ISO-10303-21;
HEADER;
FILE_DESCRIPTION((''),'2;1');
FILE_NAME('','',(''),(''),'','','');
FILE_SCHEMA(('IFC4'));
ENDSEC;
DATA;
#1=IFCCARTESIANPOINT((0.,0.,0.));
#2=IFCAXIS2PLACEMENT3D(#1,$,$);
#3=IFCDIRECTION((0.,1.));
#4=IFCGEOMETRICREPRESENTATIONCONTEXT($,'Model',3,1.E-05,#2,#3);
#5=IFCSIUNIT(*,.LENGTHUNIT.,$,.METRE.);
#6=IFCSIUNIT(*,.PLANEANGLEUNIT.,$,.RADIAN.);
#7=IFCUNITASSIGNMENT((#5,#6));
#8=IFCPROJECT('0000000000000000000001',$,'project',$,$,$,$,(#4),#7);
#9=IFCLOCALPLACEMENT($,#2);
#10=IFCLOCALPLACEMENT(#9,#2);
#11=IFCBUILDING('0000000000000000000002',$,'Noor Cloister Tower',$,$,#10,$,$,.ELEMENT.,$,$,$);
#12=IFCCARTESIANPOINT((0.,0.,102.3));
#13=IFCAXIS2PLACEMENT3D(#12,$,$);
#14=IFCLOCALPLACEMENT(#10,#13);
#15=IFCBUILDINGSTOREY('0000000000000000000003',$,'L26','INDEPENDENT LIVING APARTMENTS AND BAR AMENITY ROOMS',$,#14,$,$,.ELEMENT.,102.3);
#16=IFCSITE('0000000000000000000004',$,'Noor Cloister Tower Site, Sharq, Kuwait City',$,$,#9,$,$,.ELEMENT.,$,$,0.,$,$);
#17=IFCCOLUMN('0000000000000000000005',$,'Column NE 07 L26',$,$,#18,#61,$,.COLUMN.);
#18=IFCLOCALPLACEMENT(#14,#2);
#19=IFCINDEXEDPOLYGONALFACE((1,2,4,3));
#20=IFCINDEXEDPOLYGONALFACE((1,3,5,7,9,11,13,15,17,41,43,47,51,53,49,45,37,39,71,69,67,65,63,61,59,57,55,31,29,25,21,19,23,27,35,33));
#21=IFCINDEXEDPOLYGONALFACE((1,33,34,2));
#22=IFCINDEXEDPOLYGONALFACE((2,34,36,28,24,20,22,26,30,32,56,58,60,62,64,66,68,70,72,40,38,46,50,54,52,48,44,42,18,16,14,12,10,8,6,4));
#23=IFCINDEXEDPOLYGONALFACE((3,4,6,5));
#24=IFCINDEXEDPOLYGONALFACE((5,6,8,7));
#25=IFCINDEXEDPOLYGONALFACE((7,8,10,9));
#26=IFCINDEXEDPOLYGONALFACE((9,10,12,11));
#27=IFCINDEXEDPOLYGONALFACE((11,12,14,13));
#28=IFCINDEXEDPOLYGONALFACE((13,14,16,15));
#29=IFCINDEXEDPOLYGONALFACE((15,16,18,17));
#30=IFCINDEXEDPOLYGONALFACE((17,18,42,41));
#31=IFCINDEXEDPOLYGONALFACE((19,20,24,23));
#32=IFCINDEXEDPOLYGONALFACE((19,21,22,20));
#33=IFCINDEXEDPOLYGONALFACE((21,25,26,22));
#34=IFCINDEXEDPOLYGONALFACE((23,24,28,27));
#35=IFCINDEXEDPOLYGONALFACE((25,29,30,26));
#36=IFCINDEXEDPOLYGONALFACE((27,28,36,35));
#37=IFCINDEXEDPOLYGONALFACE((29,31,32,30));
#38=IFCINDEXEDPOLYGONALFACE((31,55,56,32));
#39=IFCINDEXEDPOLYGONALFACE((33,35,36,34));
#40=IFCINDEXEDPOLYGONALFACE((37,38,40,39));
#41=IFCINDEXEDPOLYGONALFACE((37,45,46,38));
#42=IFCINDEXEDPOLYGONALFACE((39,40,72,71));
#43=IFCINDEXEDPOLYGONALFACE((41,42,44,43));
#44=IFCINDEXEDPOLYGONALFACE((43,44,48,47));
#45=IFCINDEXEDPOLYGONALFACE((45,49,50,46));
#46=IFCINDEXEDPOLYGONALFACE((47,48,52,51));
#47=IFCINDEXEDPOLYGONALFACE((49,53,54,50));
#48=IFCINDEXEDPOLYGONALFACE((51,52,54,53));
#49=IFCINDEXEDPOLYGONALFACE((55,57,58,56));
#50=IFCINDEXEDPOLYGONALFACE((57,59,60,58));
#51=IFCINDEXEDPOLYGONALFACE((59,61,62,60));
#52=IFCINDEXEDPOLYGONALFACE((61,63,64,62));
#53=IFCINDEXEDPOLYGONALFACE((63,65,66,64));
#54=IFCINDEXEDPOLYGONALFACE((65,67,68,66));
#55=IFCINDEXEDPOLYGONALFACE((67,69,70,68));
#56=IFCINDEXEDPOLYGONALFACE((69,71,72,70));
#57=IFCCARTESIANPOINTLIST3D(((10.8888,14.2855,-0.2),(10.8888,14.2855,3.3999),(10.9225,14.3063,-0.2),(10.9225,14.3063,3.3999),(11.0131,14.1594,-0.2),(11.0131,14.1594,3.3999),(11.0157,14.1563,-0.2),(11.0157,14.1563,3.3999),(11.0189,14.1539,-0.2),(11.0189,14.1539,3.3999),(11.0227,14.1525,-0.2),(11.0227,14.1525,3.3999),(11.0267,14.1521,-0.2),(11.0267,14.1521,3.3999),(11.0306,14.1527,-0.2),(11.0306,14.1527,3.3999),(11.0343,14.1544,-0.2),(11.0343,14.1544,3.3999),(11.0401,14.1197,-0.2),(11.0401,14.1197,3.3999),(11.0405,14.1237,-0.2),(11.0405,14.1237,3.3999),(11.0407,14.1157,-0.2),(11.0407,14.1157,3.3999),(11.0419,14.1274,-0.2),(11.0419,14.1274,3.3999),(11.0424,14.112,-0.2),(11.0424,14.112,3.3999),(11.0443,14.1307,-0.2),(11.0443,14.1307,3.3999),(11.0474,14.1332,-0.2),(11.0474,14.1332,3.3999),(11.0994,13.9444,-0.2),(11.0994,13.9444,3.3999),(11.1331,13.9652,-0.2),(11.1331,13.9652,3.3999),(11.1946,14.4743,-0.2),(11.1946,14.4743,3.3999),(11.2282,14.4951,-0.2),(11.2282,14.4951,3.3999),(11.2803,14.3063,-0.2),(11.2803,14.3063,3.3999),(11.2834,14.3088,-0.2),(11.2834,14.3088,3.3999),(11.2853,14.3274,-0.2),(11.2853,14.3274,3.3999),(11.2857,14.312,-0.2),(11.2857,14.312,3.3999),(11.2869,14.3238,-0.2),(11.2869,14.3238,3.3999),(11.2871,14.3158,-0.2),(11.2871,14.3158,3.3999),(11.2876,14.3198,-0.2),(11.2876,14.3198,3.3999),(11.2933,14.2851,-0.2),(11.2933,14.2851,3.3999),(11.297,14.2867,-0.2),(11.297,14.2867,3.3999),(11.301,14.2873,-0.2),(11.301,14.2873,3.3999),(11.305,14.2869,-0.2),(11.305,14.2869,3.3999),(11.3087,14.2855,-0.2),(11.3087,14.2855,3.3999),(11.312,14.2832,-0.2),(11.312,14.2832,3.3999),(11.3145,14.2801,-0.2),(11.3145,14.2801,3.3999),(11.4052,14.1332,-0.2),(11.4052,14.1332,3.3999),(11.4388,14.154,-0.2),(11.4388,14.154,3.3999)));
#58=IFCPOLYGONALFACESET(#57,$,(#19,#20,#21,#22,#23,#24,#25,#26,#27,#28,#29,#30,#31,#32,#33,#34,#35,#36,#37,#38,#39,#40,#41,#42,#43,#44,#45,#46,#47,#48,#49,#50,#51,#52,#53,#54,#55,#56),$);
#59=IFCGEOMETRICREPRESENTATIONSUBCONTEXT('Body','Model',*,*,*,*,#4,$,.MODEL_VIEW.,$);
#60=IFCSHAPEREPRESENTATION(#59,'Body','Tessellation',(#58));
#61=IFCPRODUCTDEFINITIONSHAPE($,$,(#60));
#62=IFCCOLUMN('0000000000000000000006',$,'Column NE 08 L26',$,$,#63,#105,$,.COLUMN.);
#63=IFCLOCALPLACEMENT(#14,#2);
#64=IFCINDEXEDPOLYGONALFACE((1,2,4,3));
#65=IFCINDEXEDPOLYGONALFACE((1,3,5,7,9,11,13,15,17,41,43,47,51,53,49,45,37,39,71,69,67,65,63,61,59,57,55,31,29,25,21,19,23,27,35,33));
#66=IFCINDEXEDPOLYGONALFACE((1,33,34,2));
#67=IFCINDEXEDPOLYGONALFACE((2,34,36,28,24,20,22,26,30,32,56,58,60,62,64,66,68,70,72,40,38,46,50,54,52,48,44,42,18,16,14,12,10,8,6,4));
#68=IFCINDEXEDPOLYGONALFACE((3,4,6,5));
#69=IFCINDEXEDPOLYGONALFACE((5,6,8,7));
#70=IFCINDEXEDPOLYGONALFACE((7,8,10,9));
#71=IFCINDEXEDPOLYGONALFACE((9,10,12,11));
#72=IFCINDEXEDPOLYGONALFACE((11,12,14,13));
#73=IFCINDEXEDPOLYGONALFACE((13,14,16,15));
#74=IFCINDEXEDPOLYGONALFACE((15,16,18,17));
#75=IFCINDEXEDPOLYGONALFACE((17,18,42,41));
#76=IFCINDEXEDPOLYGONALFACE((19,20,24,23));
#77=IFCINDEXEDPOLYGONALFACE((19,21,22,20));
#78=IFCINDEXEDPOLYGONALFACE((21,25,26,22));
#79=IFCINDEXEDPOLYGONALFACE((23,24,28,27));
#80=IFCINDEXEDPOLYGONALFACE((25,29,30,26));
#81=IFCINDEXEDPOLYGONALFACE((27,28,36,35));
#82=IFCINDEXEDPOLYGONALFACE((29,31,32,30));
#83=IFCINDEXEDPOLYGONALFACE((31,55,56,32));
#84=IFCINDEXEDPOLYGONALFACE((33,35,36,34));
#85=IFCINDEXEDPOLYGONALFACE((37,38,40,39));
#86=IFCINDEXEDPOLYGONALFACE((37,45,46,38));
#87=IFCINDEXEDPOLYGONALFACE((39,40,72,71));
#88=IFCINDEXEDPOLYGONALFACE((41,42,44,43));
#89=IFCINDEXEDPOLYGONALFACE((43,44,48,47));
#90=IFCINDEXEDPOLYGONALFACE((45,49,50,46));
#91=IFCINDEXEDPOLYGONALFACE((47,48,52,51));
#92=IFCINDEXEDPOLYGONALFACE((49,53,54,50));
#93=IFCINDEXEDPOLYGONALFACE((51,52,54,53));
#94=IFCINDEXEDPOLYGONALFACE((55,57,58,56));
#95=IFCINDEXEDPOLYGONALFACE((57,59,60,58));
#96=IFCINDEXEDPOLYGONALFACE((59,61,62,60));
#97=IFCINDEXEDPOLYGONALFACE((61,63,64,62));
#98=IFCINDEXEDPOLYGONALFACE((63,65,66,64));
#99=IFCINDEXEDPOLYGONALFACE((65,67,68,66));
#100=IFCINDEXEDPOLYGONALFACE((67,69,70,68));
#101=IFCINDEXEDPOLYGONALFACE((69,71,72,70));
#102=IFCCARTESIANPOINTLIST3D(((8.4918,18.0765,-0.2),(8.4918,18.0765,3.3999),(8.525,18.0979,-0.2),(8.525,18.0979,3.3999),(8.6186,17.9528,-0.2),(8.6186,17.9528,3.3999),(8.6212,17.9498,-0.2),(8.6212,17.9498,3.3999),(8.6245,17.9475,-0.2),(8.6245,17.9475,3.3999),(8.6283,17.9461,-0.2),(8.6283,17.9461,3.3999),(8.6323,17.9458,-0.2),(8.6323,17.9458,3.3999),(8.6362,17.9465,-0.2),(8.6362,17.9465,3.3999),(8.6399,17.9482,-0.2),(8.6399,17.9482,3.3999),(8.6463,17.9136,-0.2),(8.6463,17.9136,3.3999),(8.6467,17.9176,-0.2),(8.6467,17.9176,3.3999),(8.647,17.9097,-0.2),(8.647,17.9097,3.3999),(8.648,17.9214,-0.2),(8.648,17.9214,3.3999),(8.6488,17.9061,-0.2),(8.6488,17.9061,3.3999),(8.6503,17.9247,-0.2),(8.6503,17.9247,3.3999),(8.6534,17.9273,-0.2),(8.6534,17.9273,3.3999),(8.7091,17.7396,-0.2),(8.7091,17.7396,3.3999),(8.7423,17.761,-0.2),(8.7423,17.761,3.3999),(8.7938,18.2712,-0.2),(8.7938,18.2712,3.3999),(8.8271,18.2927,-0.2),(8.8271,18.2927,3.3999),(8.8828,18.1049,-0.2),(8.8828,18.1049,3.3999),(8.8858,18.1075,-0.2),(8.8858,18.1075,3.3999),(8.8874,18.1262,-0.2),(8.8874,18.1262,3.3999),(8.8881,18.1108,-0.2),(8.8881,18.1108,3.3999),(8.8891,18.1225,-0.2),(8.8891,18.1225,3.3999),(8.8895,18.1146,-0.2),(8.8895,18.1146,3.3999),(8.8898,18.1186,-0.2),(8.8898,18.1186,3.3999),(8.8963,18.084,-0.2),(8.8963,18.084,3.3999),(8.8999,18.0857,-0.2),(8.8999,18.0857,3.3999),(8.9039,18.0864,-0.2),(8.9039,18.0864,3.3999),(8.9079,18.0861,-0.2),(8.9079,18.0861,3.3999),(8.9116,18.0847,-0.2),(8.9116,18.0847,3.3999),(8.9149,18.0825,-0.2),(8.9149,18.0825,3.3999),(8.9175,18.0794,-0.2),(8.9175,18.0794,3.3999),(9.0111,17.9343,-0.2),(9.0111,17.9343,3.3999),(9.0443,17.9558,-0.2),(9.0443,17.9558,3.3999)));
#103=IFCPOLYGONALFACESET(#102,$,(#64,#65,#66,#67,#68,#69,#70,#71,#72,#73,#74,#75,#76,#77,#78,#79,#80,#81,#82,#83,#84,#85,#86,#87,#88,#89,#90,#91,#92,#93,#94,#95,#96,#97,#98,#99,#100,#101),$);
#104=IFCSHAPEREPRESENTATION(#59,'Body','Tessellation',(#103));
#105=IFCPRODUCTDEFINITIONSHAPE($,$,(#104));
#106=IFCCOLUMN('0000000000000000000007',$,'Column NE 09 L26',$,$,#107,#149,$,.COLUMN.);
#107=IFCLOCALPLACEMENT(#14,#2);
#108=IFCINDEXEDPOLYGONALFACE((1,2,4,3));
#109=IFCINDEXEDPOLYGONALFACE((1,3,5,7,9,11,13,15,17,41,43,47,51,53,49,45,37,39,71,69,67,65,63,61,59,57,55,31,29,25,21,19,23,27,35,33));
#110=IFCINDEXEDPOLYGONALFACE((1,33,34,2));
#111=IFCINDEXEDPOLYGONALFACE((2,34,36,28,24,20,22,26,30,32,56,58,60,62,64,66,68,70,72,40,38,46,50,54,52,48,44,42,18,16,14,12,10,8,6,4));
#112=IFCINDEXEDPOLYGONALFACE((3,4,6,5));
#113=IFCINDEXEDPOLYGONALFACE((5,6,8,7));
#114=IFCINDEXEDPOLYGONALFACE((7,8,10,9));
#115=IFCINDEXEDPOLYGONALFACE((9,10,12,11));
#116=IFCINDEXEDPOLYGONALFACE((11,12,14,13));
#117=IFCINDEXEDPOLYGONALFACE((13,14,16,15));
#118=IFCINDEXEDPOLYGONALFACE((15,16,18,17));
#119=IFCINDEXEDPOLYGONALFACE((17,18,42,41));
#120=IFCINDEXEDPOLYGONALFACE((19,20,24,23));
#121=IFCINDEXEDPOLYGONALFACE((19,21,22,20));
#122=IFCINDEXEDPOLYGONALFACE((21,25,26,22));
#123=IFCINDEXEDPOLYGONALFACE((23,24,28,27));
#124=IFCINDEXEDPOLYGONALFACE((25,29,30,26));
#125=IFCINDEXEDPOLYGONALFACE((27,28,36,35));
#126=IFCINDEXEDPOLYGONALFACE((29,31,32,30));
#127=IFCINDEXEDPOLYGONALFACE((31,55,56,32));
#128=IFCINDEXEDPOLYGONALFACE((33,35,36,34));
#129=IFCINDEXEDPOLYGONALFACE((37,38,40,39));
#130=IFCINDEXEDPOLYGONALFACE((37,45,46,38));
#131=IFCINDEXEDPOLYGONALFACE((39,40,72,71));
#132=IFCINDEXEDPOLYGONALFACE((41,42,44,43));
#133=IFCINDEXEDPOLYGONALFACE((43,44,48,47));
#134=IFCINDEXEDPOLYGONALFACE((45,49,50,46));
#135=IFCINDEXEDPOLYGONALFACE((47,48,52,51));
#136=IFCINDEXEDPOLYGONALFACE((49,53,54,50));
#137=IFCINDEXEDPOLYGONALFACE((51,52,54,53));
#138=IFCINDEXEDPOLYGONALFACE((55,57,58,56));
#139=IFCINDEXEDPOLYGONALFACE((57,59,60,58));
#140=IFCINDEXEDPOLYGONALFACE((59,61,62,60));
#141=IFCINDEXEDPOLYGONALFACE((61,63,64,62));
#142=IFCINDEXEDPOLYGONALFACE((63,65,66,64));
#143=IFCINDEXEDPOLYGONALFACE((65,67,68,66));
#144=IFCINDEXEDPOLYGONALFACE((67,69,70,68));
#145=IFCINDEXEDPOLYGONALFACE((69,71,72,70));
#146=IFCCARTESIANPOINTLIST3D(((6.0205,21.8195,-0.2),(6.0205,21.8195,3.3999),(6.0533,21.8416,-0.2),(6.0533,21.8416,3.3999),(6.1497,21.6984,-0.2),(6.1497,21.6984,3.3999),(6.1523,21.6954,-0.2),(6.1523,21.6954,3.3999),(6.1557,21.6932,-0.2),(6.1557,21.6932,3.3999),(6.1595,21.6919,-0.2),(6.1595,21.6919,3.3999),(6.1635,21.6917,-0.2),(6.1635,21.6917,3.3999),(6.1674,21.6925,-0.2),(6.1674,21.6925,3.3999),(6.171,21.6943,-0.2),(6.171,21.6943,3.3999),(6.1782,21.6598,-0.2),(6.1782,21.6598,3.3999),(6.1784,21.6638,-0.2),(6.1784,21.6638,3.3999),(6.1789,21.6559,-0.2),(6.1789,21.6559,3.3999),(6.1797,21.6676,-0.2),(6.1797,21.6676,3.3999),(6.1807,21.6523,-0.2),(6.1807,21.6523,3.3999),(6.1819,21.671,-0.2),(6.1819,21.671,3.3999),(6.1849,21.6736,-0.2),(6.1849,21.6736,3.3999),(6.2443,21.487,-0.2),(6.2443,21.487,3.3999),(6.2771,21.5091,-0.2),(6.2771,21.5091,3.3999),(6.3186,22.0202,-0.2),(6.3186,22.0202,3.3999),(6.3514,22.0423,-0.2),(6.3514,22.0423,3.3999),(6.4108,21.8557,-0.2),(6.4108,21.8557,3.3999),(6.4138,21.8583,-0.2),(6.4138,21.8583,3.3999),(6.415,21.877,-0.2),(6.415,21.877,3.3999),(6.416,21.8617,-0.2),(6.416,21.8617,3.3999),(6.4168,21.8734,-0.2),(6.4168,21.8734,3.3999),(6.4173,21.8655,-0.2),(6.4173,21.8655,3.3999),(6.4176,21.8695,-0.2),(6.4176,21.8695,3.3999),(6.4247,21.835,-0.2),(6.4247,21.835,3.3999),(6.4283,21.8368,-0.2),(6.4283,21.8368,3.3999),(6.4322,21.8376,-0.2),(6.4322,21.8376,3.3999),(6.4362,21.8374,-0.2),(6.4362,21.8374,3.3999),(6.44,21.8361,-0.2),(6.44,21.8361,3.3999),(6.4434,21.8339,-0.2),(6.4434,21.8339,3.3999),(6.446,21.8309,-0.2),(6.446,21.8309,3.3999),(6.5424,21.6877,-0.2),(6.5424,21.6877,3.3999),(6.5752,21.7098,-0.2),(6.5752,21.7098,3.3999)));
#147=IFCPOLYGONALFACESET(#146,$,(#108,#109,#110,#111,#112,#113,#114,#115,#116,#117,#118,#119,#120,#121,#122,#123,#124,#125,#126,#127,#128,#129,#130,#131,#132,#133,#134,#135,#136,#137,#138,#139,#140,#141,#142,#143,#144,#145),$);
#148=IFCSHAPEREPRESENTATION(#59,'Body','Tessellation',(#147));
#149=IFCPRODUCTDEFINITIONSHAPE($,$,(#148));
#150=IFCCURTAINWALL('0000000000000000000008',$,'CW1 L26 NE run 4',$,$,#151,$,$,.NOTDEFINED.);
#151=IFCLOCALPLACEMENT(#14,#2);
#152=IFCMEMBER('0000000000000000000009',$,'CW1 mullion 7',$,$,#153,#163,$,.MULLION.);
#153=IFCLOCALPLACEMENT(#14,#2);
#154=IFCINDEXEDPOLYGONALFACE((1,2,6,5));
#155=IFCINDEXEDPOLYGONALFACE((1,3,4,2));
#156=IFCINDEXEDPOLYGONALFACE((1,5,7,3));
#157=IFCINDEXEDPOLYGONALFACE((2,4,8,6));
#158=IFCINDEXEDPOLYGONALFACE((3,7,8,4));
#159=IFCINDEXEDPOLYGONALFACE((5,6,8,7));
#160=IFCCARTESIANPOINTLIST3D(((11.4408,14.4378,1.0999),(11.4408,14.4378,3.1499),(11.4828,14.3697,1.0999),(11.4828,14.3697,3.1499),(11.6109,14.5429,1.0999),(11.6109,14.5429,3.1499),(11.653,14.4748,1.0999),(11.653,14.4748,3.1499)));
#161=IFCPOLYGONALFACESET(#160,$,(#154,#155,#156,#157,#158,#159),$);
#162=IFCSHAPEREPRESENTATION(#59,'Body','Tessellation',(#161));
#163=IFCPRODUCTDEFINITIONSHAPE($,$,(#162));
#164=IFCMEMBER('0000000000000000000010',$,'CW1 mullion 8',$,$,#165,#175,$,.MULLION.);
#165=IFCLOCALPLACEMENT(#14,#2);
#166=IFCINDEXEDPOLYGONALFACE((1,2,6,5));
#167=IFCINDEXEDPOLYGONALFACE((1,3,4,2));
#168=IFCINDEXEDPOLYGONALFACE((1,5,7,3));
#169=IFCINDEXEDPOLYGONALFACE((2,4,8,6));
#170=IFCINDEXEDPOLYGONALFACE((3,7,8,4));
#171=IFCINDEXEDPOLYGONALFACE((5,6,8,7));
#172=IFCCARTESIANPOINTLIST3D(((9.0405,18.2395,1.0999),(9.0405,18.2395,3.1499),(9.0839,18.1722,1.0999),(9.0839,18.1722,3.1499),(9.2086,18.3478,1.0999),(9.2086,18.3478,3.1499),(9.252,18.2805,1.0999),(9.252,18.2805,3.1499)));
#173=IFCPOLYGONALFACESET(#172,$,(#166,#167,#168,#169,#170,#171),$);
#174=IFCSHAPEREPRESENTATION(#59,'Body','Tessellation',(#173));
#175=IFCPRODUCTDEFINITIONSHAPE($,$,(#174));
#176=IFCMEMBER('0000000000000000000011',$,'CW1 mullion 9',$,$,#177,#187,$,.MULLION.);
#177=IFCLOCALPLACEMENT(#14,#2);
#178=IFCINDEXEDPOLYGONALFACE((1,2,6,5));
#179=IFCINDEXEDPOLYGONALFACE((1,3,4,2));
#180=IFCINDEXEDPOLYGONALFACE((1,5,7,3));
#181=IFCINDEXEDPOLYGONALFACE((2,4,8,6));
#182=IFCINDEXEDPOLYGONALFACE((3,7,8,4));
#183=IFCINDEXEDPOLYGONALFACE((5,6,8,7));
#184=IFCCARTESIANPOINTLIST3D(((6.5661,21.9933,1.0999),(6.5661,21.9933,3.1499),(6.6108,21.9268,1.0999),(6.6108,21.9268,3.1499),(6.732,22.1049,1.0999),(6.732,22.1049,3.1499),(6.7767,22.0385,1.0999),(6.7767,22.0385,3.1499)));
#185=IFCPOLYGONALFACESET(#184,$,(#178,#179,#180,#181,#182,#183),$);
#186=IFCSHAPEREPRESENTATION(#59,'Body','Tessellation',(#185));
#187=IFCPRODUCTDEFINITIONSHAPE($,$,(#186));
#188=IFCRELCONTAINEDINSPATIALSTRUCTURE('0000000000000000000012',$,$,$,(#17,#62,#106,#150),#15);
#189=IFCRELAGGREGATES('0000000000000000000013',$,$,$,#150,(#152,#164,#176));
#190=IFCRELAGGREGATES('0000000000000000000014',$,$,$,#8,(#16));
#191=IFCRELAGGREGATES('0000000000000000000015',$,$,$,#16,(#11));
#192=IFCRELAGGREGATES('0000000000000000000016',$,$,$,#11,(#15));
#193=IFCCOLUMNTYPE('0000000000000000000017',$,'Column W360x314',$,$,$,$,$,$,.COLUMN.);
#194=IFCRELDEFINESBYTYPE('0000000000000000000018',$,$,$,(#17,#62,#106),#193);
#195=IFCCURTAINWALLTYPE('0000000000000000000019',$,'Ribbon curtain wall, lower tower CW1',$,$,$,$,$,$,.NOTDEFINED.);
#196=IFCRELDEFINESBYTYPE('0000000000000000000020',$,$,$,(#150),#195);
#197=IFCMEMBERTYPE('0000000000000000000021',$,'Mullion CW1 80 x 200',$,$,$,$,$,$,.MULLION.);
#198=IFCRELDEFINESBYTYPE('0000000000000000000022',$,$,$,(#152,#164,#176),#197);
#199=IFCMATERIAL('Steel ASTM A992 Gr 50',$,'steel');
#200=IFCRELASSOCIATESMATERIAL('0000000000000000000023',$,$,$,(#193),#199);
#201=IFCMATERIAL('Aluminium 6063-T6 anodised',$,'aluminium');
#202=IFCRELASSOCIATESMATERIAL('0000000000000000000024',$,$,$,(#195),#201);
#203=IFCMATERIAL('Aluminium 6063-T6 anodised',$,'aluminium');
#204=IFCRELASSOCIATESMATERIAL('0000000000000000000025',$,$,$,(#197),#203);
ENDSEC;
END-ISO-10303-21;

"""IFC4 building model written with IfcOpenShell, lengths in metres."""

from ifc_helpers import new_model, si_unit, direction, frame, origin, origin_2d, place, context, subcontext, project, spatial, rectangle, i_section, extrude, material, material_profile, profile_set, type_object, element, aggregate, save


model = new_model("IFC4")

# Units and contexts
model_context = context("Model", 3, precision=1e-05, world=origin(), true_north=direction((0.0, 1.0)))
body_context = subcontext(model_context, "Body", "Model", "MODEL_VIEW")
ifc_project = project(units=[si_unit("LENGTHUNIT", "METRE"), si_unit("PLANEANGLEUNIT", "RADIAN")], contexts=[model_context])

# Site, building, storey
site_placement = place(None, origin())
site = spatial("IfcSite", under=ifc_project, at=site_placement, Name="Noor Cloister Tower Site, Sharq, Kuwait City", CompositionType="ELEMENT", RefElevation=0.0)
building_placement = place(site_placement, origin())
building = spatial("IfcBuilding", under=site, at=building_placement, Name="Noor Cloister Tower", CompositionType="ELEMENT")
storey_placement = place(building_placement, frame((0.0, 0.0, 102.3)))
storey = spatial("IfcBuildingStorey", under=building, at=storey_placement, Name="L26", Description="INDEPENDENT LIVING APARTMENTS AND BAR AMENITY ROOMS", CompositionType="ELEMENT", Elevation=102.3)

# Columns
ifc_material_1 = material(Name="Steel ASTM A992 Gr 50", Category="steel")
ifc_material_profile_1 = material_profile(ifc_material_1, i_section(OverallWidth=0.4009, OverallDepth=0.3989, WebThickness=0.0249, FlangeThickness=0.0396, FilletRadius=0.0154, at=origin_2d()), Name="W360x314")
ifc_profile_set_1 = profile_set([ifc_material_profile_1], Name="Steel ASTM A992 Gr 50")
column_type = type_object("IfcColumnType", Name="Column W360x314", PredefinedType="COLUMN", material=ifc_profile_set_1)
for number, where, z_axis, x_axis, name in (
    (1, (11.1638, 14.2197, -0.2), (0.0, 0.0, 1.0), (-0.525348, 0.850888, 0.0), "Column NE 07 L26"),
    (2, (8.7681, 18.0161, -0.2), (0.0, 0.0, 1.0), (-0.541993, 0.840383, 0.0), "Column NE 08 L26"),
    (3, (6.2979, 21.7646, -0.2), (0.0, 0.0, 1.0), (-0.558429, 0.829553, 0.0), "Column NE 09 L26"),
):
    element("IfcColumn", number, at=place(storey_placement, frame(where, z_axis=z_axis, x_axis=x_axis)), inside=storey, type_object=column_type, Name=name, PredefinedType="COLUMN", context=body_context, shape_type="SweptSolid", body=[
        extrude(i_section(OverallWidth=0.4009, OverallDepth=0.3989, WebThickness=0.0249, FlangeThickness=0.0396, FilletRadius=0.0154, at=origin_2d()), origin(), (0.0, 0.0, 1.0), 3.5999),
    ])

# Curtain wall, members
ifc_material_2 = material(Name="Aluminium 6063-T6 anodised", Category="aluminium")
curtain_wall_type = type_object("IfcCurtainWallType", Name="Ribbon curtain wall, lower tower CW1", PredefinedType="NOTDEFINED", material=ifc_material_2)
curtain_wall_placement = place(storey_placement, origin())
curtain_wall = element("IfcCurtainWall", 4, at=curtain_wall_placement, inside=storey, type_object=curtain_wall_type, Name="CW1 L26 NE run 4", PredefinedType="NOTDEFINED")
ifc_material_3 = material(Name="Aluminium 6063-T6 anodised", Category="aluminium")
ifc_material_profile_2 = material_profile(ifc_material_3, rectangle(XDim=0.2, YDim=0.0801, at=origin_2d()), Name="200 x 80 mullion")
ifc_profile_set_2 = profile_set([ifc_material_profile_2], Name="Aluminium 6063-T6 anodised")
member_type = type_object("IfcMemberType", Name="Mullion CW1 80 x 200", PredefinedType="MULLION", material=ifc_profile_set_2)
member_1_placement = place(storey_placement, frame((11.5469, 14.4563, 1.0999), z_axis=(0.0, 0.0, 1.0), x_axis=(-0.850888, -0.525348, 0.0)))
member_1 = element("IfcMember", 5, at=member_1_placement, type_object=member_type, Name="CW1 mullion 7", PredefinedType="MULLION", context=body_context, shape_type="SweptSolid", body=[
    extrude(rectangle(XDim=0.2, YDim=0.0801, at=origin_2d()), origin(), (0.0, 0.0, 1.0), 2.05),
])
member_2_placement = place(storey_placement, frame((9.1462, 18.26, 1.0999), z_axis=(0.0, 0.0, 1.0), x_axis=(-0.840383, -0.541993, 0.0)))
member_2 = element("IfcMember", 6, at=member_2_placement, type_object=member_type, Name="CW1 mullion 8", PredefinedType="MULLION", context=body_context, shape_type="SweptSolid", body=[
    extrude(rectangle(XDim=0.2, YDim=0.0801, at=origin_2d()), origin(), (0.0, 0.0, 1.0), 2.05),
])
member_3_placement = place(storey_placement, frame((6.6714, 22.0159, 1.0999), z_axis=(0.0, 0.0, 1.0), x_axis=(-0.829553, -0.558429, 0.0)))
member_3 = element("IfcMember", 7, at=member_3_placement, type_object=member_type, Name="CW1 mullion 9", PredefinedType="MULLION", context=body_context, shape_type="SweptSolid", body=[
    extrude(rectangle(XDim=0.2, YDim=0.0801, at=origin_2d()), origin(), (0.0, 0.0, 1.0), 2.05),
])

aggregate(curtain_wall, [member_1, member_2, member_3])

save(model, "model.ifc")
